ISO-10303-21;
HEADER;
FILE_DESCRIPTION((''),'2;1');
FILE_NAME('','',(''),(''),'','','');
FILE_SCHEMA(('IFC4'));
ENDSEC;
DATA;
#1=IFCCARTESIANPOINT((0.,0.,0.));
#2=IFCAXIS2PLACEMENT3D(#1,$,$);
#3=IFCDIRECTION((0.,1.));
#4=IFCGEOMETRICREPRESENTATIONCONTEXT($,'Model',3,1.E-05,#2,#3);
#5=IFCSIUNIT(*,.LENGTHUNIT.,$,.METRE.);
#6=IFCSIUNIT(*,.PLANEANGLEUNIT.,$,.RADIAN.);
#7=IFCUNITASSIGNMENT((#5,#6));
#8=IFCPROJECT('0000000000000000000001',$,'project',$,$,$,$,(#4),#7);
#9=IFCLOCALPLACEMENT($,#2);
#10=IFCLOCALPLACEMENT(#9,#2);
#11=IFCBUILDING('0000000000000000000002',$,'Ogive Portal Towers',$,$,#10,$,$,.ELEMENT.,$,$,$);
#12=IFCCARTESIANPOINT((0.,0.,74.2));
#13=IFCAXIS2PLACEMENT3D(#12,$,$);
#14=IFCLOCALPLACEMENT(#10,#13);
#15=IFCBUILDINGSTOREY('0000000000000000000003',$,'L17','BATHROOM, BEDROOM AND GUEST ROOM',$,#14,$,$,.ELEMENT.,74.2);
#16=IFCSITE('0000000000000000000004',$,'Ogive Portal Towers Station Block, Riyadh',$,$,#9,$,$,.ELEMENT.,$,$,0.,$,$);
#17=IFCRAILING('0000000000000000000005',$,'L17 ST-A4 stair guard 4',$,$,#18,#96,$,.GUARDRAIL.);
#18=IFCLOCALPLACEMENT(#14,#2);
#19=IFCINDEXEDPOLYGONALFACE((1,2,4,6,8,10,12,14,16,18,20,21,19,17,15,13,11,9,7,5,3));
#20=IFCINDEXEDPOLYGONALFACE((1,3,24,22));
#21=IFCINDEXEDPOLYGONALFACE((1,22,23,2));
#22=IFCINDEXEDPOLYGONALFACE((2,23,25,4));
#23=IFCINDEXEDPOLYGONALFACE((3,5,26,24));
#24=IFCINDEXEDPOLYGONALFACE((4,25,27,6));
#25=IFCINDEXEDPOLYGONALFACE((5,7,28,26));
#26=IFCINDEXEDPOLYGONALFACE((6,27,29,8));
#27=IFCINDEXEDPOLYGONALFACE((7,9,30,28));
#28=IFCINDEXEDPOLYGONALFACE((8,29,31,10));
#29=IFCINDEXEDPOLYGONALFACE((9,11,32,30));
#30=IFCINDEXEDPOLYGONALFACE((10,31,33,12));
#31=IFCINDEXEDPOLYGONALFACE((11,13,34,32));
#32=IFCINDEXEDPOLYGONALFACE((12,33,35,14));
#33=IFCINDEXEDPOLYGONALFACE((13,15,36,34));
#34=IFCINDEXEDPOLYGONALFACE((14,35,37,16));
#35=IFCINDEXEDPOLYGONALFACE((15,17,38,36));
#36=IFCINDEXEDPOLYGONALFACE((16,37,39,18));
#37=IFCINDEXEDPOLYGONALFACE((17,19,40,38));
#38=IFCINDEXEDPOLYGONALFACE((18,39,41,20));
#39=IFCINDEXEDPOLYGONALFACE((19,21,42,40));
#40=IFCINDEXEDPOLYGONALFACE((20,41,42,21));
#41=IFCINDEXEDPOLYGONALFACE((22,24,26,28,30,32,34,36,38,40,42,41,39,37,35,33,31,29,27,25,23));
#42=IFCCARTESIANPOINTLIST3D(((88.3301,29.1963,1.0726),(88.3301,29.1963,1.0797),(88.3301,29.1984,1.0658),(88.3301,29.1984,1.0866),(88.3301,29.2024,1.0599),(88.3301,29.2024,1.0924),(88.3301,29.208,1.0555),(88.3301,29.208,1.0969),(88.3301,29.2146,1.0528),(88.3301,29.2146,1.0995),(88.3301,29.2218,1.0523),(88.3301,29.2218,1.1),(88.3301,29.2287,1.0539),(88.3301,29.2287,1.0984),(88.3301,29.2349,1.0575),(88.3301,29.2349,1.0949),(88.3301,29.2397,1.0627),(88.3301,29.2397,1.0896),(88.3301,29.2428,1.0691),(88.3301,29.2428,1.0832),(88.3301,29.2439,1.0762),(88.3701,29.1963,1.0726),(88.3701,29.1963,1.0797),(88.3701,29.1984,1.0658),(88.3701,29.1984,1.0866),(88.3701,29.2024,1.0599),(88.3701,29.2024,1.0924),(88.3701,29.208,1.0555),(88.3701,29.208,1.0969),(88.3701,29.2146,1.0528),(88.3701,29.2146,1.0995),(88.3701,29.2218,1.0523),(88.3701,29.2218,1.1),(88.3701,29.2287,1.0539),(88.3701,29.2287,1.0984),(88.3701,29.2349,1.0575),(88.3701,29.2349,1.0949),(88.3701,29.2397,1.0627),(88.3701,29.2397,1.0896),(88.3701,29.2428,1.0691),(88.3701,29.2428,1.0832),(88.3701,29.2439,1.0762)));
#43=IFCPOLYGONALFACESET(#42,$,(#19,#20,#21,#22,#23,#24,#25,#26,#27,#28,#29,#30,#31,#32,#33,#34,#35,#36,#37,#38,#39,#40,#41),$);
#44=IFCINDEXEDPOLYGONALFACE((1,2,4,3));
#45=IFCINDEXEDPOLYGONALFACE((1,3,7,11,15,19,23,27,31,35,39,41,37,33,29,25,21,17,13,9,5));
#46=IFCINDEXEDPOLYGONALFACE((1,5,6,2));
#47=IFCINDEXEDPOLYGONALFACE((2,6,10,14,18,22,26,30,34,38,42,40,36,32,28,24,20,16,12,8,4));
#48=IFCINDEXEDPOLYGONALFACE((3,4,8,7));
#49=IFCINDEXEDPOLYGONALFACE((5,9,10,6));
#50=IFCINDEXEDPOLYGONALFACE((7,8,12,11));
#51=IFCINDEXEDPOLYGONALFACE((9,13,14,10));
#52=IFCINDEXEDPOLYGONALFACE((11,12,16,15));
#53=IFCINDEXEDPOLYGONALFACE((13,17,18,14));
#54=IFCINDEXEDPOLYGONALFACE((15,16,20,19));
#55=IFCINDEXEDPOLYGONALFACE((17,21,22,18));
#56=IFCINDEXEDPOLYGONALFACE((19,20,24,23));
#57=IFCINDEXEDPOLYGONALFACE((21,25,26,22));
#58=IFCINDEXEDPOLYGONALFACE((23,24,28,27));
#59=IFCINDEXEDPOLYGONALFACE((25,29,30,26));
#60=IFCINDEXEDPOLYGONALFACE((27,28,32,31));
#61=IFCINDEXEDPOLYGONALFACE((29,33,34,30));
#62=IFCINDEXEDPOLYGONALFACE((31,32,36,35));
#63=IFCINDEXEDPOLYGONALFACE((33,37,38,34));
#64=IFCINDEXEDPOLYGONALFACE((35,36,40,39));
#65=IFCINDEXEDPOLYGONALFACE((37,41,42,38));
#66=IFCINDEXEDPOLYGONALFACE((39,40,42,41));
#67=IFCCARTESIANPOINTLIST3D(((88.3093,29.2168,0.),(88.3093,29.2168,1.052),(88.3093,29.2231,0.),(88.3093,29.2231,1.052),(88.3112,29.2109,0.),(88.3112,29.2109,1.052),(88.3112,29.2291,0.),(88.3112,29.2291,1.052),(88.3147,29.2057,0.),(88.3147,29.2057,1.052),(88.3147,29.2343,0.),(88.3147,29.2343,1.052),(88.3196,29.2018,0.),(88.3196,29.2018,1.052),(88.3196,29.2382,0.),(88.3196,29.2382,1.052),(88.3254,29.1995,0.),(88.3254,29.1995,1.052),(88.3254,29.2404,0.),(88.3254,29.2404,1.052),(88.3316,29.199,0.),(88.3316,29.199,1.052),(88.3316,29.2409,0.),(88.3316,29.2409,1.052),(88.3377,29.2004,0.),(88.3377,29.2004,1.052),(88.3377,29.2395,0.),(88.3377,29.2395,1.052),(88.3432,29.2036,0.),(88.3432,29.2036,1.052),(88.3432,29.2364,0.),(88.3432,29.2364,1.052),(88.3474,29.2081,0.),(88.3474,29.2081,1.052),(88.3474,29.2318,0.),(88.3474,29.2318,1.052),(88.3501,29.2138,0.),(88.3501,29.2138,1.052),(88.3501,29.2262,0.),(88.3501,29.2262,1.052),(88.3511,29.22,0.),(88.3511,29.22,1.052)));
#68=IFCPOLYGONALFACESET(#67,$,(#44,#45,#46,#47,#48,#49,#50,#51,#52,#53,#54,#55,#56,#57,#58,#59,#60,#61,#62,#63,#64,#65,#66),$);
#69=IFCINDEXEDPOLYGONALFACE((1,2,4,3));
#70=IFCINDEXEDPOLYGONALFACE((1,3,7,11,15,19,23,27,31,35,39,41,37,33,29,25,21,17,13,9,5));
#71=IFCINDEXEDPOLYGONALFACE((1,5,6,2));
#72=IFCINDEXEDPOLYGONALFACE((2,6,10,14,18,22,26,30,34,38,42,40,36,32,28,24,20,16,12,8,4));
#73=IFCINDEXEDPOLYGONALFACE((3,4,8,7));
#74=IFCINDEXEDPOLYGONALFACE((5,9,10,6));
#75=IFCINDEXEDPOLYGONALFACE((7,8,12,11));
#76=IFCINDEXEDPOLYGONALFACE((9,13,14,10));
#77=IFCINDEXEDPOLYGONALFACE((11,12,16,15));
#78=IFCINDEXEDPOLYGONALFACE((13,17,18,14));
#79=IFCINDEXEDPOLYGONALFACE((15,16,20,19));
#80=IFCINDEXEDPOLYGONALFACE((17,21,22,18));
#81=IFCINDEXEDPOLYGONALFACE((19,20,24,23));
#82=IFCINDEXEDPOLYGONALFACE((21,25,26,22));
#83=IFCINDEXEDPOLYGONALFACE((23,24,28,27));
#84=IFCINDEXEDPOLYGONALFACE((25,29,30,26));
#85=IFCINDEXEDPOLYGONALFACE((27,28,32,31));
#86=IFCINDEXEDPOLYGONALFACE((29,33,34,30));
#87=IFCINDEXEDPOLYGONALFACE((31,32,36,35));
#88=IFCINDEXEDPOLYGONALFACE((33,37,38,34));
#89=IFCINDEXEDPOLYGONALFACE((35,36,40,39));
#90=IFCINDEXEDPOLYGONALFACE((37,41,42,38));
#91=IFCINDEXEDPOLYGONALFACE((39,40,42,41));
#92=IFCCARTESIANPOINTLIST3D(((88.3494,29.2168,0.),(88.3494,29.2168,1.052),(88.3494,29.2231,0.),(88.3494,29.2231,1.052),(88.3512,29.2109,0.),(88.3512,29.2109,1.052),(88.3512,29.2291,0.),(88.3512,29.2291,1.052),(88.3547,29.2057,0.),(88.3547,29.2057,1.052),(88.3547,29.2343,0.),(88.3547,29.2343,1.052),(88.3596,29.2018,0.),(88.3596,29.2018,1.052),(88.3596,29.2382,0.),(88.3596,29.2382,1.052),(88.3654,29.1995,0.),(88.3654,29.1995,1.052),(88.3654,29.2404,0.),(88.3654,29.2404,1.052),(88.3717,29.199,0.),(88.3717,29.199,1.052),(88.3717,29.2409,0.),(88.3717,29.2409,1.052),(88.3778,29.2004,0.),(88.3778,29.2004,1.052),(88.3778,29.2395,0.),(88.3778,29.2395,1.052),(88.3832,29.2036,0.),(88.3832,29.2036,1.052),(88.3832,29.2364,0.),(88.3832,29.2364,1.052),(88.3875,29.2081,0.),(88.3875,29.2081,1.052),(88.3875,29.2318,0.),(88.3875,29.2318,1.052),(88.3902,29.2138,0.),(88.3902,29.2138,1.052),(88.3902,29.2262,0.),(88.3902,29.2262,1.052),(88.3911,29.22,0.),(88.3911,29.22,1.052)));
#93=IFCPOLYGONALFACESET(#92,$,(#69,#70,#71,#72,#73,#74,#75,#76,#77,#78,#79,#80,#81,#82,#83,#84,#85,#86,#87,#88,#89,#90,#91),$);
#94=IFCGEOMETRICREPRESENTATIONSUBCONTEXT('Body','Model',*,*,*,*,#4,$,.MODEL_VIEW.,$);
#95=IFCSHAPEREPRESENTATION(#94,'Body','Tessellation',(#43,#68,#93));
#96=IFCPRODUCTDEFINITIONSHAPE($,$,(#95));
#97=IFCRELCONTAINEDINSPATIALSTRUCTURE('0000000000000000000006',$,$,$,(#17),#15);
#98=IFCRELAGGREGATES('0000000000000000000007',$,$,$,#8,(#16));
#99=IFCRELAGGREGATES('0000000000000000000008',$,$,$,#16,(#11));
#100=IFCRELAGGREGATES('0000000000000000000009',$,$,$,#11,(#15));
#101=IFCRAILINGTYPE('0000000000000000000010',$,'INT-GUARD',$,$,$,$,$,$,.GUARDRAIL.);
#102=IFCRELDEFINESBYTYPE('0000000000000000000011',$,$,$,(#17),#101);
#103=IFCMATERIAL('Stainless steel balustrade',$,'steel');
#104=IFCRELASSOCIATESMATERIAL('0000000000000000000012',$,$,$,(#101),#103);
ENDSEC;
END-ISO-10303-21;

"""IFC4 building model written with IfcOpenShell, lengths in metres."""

from ifc_helpers import new_model, si_unit, direction, frame, origin, origin_2d, place, context, subcontext, project, spatial, circle, extrude, material, type_object, element, save


model = new_model("IFC4")

# Units and contexts
model_context = context("Model", 3, precision=1e-05, world=origin(), true_north=direction((0.0, 1.0)))
body_context = subcontext(model_context, "Body", "Model", "MODEL_VIEW")
ifc_project = project(units=[si_unit("LENGTHUNIT", "METRE"), si_unit("PLANEANGLEUNIT", "RADIAN")], contexts=[model_context])

# Site, building, storey
site_placement = place(None, origin())
site = spatial("IfcSite", under=ifc_project, at=site_placement, Name="Ogive Portal Towers Station Block, Riyadh", CompositionType="ELEMENT", RefElevation=0.0)
building_placement = place(site_placement, origin())
building = spatial("IfcBuilding", under=site, at=building_placement, Name="Ogive Portal Towers", CompositionType="ELEMENT")
storey_placement = place(building_placement, frame((0.0, 0.0, 74.2)))
storey = spatial("IfcBuildingStorey", under=building, at=storey_placement, Name="L17", Description="BATHROOM, BEDROOM AND GUEST ROOM", CompositionType="ELEMENT", Elevation=74.2)

# Railing
ifc_material_1 = material(Name="Stainless steel balustrade", Category="steel")
railing_type_1 = type_object("IfcRailingType", Name="INT-GUARD", PredefinedType="GUARDRAIL", material=ifc_material_1)
railing_1_placement = place(storey_placement, frame((88.3301, 29.22, 0.0)))
element("IfcRailing", 1, at=railing_1_placement, inside=storey, type_object=railing_type_1, Name="L17 ST-A4 stair guard 4", PredefinedType="GUARDRAIL", context=body_context, shape_type="SweptSolid", body=[
    extrude(circle(Radius=0.0239, at=origin_2d()), frame((0.0, 0.0, 1.0762), z_axis=(1.0, 0.0, 0.0), x_axis=(0.0, 1.0, 0.0)), (0.0, 0.0, 1.0), 0.04),
    extrude(circle(Radius=0.021, at=origin_2d()), origin(), (0.0, 0.0, 1.0), 1.052),
    extrude(circle(Radius=0.021, at=origin_2d()), frame((0.04, 0.0, 0.0)), (0.0, 0.0, 1.0), 1.052),
])

save(model, "model.ifc")
